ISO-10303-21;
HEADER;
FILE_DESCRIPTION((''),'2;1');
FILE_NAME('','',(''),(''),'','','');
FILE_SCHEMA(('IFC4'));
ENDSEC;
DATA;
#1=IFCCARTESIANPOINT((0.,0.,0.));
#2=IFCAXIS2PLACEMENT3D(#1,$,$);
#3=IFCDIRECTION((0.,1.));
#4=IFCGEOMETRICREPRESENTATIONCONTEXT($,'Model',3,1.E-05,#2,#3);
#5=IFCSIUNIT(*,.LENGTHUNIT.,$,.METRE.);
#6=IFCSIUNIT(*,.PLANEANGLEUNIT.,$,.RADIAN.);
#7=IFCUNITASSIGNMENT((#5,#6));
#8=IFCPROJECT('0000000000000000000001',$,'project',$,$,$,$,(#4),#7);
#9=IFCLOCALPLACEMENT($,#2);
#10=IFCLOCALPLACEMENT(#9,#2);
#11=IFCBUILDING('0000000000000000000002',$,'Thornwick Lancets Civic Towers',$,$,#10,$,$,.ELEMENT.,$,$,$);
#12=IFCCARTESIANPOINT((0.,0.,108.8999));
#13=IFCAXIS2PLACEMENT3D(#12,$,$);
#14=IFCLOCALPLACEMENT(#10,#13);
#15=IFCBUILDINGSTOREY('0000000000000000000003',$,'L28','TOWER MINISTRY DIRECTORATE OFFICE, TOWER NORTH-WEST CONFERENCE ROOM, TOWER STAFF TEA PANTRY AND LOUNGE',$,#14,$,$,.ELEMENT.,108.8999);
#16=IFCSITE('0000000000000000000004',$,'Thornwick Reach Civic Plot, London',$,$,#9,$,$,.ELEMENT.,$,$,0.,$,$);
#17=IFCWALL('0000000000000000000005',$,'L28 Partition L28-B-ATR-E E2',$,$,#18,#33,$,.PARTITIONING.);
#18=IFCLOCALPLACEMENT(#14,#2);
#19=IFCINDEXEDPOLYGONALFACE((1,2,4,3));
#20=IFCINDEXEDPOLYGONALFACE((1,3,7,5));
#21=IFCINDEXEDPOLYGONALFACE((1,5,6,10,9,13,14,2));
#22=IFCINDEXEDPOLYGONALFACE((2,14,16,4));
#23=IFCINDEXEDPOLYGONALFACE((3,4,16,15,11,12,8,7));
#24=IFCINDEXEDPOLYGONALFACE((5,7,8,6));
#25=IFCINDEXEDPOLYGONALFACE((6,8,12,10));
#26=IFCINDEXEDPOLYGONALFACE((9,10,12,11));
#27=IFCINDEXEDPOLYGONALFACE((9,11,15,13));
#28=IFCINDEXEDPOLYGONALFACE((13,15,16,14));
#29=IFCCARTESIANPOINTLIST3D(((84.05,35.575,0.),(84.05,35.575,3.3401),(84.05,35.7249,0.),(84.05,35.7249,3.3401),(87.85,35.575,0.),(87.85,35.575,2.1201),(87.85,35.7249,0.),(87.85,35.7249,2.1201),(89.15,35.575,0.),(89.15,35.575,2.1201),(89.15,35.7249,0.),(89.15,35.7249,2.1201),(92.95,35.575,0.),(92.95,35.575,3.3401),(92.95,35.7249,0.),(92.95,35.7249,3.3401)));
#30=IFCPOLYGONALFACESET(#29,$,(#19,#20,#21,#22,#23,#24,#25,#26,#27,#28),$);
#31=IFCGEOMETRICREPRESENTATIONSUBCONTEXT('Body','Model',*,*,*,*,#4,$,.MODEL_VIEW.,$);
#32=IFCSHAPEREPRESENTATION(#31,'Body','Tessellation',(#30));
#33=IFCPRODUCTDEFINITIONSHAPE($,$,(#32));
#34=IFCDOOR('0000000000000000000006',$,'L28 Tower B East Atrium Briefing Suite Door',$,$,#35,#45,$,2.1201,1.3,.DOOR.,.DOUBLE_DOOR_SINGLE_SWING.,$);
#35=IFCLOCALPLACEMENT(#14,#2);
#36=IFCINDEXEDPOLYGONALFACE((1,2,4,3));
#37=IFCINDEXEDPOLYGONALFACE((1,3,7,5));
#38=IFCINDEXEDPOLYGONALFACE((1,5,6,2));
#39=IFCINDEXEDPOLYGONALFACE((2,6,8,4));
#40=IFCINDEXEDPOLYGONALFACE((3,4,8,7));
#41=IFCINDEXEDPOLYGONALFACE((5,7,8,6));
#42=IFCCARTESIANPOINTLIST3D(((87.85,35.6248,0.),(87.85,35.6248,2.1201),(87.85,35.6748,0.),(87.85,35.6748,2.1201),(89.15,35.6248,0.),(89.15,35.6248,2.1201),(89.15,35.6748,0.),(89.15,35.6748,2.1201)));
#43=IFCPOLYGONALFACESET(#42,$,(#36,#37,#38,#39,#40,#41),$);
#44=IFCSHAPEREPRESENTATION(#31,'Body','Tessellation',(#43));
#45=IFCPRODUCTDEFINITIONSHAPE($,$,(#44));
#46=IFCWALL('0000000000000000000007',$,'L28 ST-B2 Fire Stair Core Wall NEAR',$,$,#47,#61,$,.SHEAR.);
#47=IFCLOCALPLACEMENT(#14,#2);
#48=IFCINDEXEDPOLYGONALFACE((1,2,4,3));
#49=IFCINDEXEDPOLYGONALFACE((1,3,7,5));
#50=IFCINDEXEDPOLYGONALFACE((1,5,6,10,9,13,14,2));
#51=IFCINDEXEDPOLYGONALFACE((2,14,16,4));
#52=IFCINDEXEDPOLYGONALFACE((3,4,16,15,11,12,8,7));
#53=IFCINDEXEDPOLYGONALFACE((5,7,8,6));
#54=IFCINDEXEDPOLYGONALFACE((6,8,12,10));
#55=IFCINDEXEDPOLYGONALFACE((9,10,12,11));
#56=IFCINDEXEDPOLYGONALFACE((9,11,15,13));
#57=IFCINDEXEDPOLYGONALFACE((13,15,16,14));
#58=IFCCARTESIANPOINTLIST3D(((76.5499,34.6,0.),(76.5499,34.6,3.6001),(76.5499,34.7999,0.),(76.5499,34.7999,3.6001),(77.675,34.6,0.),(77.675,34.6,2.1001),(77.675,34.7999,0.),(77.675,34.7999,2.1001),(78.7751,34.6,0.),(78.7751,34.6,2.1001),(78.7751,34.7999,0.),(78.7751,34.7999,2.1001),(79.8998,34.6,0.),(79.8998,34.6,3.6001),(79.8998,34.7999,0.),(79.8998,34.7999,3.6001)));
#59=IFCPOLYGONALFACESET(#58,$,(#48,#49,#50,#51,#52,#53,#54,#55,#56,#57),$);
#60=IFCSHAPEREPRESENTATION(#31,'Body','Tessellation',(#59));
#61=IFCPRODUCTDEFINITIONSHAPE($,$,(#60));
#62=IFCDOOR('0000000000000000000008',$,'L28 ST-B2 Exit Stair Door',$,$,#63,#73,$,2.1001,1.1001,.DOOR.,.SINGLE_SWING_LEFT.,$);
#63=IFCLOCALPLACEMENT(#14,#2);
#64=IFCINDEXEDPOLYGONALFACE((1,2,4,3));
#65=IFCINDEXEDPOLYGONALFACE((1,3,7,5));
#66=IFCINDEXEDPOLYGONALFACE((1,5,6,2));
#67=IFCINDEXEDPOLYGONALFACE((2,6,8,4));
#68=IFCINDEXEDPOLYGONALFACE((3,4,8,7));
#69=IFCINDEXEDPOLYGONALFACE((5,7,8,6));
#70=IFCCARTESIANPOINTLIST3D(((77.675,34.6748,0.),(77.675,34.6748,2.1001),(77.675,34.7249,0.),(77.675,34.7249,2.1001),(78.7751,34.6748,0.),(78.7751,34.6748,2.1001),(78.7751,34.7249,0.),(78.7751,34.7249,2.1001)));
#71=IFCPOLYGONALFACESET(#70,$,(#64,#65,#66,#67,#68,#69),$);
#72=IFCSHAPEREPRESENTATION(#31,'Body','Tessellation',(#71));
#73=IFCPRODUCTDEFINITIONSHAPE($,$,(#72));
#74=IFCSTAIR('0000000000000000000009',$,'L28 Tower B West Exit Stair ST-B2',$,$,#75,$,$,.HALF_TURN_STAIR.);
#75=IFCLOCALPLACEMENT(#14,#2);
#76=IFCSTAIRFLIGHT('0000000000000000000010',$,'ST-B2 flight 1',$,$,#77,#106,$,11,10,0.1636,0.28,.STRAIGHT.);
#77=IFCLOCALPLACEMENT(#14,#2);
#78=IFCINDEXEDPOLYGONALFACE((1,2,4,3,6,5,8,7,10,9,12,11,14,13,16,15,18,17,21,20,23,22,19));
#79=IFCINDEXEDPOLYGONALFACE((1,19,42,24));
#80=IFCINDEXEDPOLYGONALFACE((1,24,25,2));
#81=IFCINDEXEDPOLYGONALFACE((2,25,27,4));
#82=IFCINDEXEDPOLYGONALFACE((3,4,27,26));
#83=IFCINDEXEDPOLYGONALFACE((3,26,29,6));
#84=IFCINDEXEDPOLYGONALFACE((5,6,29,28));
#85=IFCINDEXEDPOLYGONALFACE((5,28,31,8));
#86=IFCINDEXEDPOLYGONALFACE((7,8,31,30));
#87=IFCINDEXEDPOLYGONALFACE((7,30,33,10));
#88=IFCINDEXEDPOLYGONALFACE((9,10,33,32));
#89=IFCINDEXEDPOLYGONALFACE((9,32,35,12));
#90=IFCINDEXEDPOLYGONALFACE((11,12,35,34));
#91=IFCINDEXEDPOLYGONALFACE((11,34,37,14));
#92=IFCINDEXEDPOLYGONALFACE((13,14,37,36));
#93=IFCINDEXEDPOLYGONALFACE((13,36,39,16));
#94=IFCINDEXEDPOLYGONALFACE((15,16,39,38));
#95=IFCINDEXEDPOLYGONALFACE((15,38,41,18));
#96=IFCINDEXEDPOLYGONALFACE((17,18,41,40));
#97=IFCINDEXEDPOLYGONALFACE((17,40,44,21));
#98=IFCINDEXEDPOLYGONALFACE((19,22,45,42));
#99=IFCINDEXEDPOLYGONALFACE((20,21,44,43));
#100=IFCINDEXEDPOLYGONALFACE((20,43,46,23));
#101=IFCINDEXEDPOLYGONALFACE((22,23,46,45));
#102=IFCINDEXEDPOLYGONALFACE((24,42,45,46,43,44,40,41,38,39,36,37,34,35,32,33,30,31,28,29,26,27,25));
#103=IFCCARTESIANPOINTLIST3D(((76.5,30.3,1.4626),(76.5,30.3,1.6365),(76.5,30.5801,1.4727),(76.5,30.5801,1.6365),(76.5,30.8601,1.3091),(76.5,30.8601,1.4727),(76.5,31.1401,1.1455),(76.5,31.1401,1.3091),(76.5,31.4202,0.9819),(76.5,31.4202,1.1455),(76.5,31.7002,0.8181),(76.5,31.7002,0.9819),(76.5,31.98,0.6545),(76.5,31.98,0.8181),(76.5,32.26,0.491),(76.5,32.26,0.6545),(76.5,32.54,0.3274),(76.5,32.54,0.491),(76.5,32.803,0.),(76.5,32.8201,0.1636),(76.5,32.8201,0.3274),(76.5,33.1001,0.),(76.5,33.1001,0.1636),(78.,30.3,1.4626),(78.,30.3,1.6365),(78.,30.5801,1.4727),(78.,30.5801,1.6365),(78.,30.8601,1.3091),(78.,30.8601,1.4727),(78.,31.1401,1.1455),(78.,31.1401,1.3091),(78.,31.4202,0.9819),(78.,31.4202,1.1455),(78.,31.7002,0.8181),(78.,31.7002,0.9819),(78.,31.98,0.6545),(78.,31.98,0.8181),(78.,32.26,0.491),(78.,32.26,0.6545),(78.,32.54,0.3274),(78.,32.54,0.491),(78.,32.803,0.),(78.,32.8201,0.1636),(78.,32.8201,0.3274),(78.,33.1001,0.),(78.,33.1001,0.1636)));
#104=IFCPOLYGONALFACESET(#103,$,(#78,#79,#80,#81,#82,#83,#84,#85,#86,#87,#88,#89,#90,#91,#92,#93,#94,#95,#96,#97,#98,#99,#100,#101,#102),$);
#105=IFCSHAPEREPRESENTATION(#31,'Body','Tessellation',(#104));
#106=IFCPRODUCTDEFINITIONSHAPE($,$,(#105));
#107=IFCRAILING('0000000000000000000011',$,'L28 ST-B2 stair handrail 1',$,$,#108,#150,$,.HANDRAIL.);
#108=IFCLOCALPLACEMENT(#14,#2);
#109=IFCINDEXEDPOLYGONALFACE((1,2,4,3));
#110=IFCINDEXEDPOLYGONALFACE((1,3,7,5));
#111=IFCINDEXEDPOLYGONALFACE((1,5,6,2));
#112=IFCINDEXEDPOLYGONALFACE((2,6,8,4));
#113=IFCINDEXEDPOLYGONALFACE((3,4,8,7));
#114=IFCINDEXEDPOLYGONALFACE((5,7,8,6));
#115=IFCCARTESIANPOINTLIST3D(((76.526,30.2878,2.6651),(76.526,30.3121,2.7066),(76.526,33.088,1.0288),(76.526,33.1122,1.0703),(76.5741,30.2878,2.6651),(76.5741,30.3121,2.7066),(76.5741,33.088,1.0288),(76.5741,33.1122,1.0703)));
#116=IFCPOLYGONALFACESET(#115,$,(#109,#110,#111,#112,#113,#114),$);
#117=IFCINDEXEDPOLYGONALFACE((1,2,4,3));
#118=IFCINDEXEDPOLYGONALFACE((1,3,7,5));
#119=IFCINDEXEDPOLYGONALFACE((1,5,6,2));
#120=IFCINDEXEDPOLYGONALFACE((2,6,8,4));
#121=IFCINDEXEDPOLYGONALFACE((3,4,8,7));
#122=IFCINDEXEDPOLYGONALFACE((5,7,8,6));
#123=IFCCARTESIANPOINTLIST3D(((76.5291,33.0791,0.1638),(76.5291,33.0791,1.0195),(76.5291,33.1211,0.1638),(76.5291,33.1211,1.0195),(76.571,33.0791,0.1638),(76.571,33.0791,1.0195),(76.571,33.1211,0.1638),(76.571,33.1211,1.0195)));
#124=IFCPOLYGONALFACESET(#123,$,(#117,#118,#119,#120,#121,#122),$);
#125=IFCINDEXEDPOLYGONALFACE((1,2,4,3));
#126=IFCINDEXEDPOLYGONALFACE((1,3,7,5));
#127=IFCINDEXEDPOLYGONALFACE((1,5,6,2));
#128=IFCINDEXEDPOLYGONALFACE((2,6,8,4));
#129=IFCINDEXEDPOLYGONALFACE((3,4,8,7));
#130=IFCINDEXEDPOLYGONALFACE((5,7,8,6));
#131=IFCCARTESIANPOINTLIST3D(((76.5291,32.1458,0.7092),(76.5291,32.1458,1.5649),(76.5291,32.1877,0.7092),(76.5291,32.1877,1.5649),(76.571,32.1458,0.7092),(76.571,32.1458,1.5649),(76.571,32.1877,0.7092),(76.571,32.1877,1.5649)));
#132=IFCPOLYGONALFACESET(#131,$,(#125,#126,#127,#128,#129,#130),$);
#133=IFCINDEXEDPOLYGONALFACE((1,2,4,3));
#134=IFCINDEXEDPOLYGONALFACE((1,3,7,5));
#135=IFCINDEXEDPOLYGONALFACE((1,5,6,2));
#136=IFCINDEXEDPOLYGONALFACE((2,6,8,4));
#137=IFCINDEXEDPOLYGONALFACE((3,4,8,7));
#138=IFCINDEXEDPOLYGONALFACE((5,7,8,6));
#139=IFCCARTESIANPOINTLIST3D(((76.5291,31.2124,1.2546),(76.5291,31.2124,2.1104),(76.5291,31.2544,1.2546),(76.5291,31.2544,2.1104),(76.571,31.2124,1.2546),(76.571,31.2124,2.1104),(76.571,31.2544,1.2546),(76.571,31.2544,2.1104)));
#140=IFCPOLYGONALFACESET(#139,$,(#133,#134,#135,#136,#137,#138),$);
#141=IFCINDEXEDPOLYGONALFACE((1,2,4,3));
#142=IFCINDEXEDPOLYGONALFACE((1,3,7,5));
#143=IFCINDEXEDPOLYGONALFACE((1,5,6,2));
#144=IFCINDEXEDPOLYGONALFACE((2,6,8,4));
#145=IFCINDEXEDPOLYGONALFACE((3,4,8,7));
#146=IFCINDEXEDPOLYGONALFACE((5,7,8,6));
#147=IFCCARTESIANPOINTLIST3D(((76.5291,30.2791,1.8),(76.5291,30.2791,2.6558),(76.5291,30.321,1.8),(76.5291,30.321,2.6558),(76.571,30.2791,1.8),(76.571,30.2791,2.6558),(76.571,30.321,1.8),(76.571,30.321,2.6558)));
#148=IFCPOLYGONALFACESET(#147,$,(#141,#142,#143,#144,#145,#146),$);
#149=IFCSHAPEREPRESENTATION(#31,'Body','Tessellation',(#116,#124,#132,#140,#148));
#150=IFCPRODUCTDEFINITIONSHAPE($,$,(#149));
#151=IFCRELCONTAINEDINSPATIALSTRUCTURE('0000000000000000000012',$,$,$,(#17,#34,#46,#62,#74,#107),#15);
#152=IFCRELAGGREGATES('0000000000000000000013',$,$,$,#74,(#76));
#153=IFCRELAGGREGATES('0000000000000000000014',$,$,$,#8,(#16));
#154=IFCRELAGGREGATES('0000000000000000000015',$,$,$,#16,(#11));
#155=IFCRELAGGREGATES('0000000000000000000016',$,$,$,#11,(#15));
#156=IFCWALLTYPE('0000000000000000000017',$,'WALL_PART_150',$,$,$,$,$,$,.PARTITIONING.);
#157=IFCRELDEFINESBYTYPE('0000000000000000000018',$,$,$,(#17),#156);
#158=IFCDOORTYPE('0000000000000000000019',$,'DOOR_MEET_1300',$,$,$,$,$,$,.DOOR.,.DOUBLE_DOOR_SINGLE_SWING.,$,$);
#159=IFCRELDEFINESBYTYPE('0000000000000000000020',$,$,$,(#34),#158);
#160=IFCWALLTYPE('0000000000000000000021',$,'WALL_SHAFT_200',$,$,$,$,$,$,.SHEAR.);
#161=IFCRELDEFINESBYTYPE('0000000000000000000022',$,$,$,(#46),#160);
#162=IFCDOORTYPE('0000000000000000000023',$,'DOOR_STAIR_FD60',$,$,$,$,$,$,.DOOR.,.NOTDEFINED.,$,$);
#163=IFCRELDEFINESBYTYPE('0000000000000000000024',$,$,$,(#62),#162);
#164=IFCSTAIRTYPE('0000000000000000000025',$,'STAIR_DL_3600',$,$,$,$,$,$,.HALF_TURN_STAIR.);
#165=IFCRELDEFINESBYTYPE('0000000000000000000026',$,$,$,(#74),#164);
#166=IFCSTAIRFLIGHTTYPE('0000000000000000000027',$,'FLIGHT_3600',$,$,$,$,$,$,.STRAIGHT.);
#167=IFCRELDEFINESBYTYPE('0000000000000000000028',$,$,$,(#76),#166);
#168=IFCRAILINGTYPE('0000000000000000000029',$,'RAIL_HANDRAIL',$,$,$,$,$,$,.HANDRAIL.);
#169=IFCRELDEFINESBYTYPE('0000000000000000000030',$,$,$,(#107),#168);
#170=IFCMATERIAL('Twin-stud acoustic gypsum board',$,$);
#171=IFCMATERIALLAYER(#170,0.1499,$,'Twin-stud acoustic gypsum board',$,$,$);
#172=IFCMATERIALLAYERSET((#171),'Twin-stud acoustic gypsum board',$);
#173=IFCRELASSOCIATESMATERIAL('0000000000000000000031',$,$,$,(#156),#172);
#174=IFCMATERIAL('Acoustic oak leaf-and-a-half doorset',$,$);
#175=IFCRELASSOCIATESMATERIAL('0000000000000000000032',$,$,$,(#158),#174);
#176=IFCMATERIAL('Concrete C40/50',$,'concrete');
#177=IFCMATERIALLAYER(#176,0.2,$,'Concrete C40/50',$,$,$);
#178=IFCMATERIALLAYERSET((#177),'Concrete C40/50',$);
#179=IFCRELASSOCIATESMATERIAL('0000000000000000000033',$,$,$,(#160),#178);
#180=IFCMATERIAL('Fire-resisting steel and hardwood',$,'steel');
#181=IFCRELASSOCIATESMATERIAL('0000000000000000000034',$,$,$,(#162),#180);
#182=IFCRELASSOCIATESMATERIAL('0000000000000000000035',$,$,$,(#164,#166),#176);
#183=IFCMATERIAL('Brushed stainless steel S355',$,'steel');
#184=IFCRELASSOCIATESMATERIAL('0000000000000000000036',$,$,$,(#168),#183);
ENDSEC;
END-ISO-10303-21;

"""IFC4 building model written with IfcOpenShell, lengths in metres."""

from ifc_helpers import new_model, si_unit, direction, frame, frame_2d, origin, origin_2d, place, context, subcontext, project, spatial, polyline, rectangle, outline, extrude, material, layer, layer_set, type_object, element, fill, aggregate, save


model = new_model("IFC4")

# Units and contexts
model_context = context("Model", 3, precision=1e-05, world=origin(), true_north=direction((0.0, 1.0)))
body_context = subcontext(model_context, "Body", "Model", "MODEL_VIEW")
ifc_project = project(units=[si_unit("LENGTHUNIT", "METRE"), si_unit("PLANEANGLEUNIT", "RADIAN")], contexts=[model_context])

# Site, building, storey
site_placement = place(None, origin())
site = spatial("IfcSite", under=ifc_project, at=site_placement, Name="Thornwick Reach Civic Plot, London", CompositionType="ELEMENT", RefElevation=0.0)
building_placement = place(site_placement, origin())
building = spatial("IfcBuilding", under=site, at=building_placement, Name="Thornwick Lancets Civic Towers", CompositionType="ELEMENT")
storey_placement = place(building_placement, frame((0.0, 0.0, 108.8999)))
storey = spatial("IfcBuildingStorey", under=building, at=storey_placement, Name="L28", Description="TOWER MINISTRY DIRECTORATE OFFICE, TOWER NORTH-WEST CONFERENCE ROOM, TOWER STAFF TEA PANTRY AND LOUNGE", CompositionType="ELEMENT", Elevation=108.8999)

# Walls, openings, doors
ifc_material_1 = material(Name="Twin-stud acoustic gypsum board")
ifc_layer_1 = layer(ifc_material_1, 0.1499, Name="Twin-stud acoustic gypsum board")
ifc_layer_set_1 = layer_set([ifc_layer_1], Name="Twin-stud acoustic gypsum board")
wall_type_1 = type_object("IfcWallType", Name="WALL_PART_150", PredefinedType="PARTITIONING", material=ifc_layer_set_1)
wall_1_placement = place(storey_placement, frame((84.05, 35.6499, 0.0), z_axis=(0.0, 0.0, 1.0), x_axis=(1.0, 0.0, 0.0)))
wall_1 = element("IfcWall", 1, at=wall_1_placement, inside=storey, type_object=wall_type_1, Name="L28 Partition L28-B-ATR-E E2", PredefinedType="PARTITIONING", context=body_context, shape_type="SweptSolid", body=[
    extrude(rectangle(XDim=8.8999, YDim=0.1499, at=frame_2d((4.45, 0.0))), origin(), (0.0, 0.0, 1.0), 3.3401),
])
opening_1_placement = place(wall_1_placement, frame((3.8, 0.0, 0.0)))
opening_1 = element("IfcOpeningElement", 2, at=opening_1_placement, cuts=wall_1, PredefinedType="OPENING", context=body_context, shape_type="SweptSolid", body=[
    extrude(rectangle(XDim=1.3, YDim=2.1201, at=frame_2d((0.6499, 1.0601))), frame((0.0, 0.085, 0.0), z_axis=(0.0, -1.0, 0.0), x_axis=(1.0, 0.0, 0.0)), (0.0, 0.0, 1.0), 0.1699),
])
ifc_material_2 = material(Name="Acoustic oak leaf-and-a-half doorset")
door_type_1 = type_object("IfcDoorType", Name="DOOR_MEET_1300", OperationType="DOUBLE_DOOR_SINGLE_SWING", PredefinedType="DOOR", material=ifc_material_2)
door_1_placement = place(opening_1_placement, origin())
door_1 = element("IfcDoor", 3, at=door_1_placement, inside=storey, type_object=door_type_1, Name="L28 Tower B East Atrium Briefing Suite Door", OperationType="DOUBLE_DOOR_SINGLE_SWING", OverallHeight=2.1201, OverallWidth=1.3, PredefinedType="DOOR", context=body_context, shape_type="SweptSolid", body=[
    extrude(rectangle(XDim=1.3, YDim=2.1201, at=frame_2d((0.6499, 1.0601))), frame((0.0, 0.0249, 0.0), z_axis=(0.0, -1.0, 0.0), x_axis=(1.0, 0.0, 0.0)), (0.0, 0.0, 1.0), 0.05),
])
fill(opening_1, door_1)
ifc_material_3 = material(Name="Concrete C40/50", Category="concrete")
ifc_layer_2 = layer(ifc_material_3, 0.2, Name="Concrete C40/50")
ifc_layer_set_2 = layer_set([ifc_layer_2], Name="Concrete C40/50")
wall_type_2 = type_object("IfcWallType", Name="WALL_SHAFT_200", PredefinedType="SHEAR", material=ifc_layer_set_2)
wall_2_placement = place(storey_placement, frame((76.55, 34.7, 0.0), z_axis=(0.0, 0.0, 1.0), x_axis=(1.0, 0.0, 0.0)))
wall_2 = element("IfcWall", 4, at=wall_2_placement, inside=storey, type_object=wall_type_2, Name="L28 ST-B2 Fire Stair Core Wall NEAR", PredefinedType="SHEAR", context=body_context, shape_type="SweptSolid", body=[
    extrude(rectangle(XDim=3.3499, YDim=0.2, at=frame_2d((1.6748, 0.0))), origin(), (0.0, 0.0, 1.0), 3.6001),
])
opening_2_placement = place(wall_2_placement, frame((1.125, 0.0, 0.0)))
opening_2 = element("IfcOpeningElement", 5, at=opening_2_placement, cuts=wall_2, PredefinedType="OPENING", context=body_context, shape_type="SweptSolid", body=[
    extrude(rectangle(XDim=1.1001, YDim=2.1001, at=frame_2d((0.55, 1.05))), frame((0.0, 0.1099, 0.0), z_axis=(0.0, -1.0, 0.0), x_axis=(1.0, 0.0, 0.0)), (0.0, 0.0, 1.0), 0.22),
])
ifc_material_4 = material(Name="Fire-resisting steel and hardwood", Category="steel")
door_type_2 = type_object("IfcDoorType", Name="DOOR_STAIR_FD60", OperationType="NOTDEFINED", PredefinedType="DOOR", material=ifc_material_4)
door_2_placement = place(opening_2_placement, origin())
door_2 = element("IfcDoor", 6, at=door_2_placement, inside=storey, type_object=door_type_2, Name="L28 ST-B2 Exit Stair Door", OperationType="SINGLE_SWING_LEFT", OverallHeight=2.1001, OverallWidth=1.1001, PredefinedType="DOOR", context=body_context, shape_type="SweptSolid", body=[
    extrude(rectangle(XDim=1.1001, YDim=2.1001, at=frame_2d((0.55, 1.05))), frame((0.0, 0.0249, 0.0), z_axis=(0.0, -1.0, 0.0), x_axis=(1.0, 0.0, 0.0)), (0.0, 0.0, 1.0), 0.05),
])
fill(opening_2, door_2)

# Stair, stair flight
stair_type = type_object("IfcStairType", Name="STAIR_DL_3600", PredefinedType="HALF_TURN_STAIR", material=ifc_material_3)
stair_placement = place(storey_placement, origin())
stair = element("IfcStair", 7, at=stair_placement, inside=storey, type_object=stair_type, Name="L28 Tower B West Exit Stair ST-B2", PredefinedType="HALF_TURN_STAIR")
stair_flight_type = type_object("IfcStairFlightType", Name="FLIGHT_3600", PredefinedType="STRAIGHT", material=ifc_material_3)
stair_flight_placement = place(storey_placement, frame((77.25, 33.1001, 0.0), z_axis=(0.0, 0.0, 1.0), x_axis=(0.0, -1.0, 0.0)))
stair_flight = element("IfcStairFlight", 8, at=stair_flight_placement, type_object=stair_flight_type, Name="ST-B2 flight 1", NumberOfRisers=11, NumberOfTreads=10, PredefinedType="STRAIGHT", RiserHeight=0.1636, TreadLength=0.28, context=body_context, shape_type="SweptSolid", body=[
    extrude(outline(polyline([(0.0, 0.0), (0.0, 0.1636), (0.28, 0.1636), (0.28, 0.3274), (0.5601, 0.3274), (0.5601, 0.491), (0.8401, 0.491), (0.8401, 0.6545), (1.1201, 0.6545), (1.1201, 0.8181), (1.3999, 0.8181), (1.3999, 0.9819), (1.6799, 0.9819), (1.6799, 1.1455), (1.96, 1.1455), (1.96, 1.3091), (2.24, 1.3091), (2.24, 1.4727), (2.52, 1.4727), (2.52, 1.6365), (2.8, 1.6365), (2.8, 1.8), (2.8, 1.4626), (0.2971, 0.0), (0.0, 0.0)])), frame((0.0, 0.75, 0.0), z_axis=(0.0, -1.0, 0.0), x_axis=(1.0, 0.0, 0.0)), (0.0, 0.0, 1.0), 1.5),
])
aggregate(stair, [stair_flight])

# Railing
ifc_material_5 = material(Name="Brushed stainless steel S355", Category="steel")
railing_type_1 = type_object("IfcRailingType", Name="RAIL_HANDRAIL", PredefinedType="HANDRAIL", material=ifc_material_5)
railing_1_placement = place(storey_placement, frame((76.55, 33.1001, 0.1638)))
element("IfcRailing", 9, at=railing_1_placement, inside=storey, type_object=railing_type_1, Name="L28 ST-B2 stair handrail 1", PredefinedType="HANDRAIL", context=body_context, shape_type="SweptSolid", body=[
    extrude(rectangle(XDim=0.0481, YDim=0.0481, at=origin_2d()), frame((0.0, 0.0, 0.8857), z_axis=(0.0, -0.863394, 0.504531), x_axis=(1.0, 0.0, 0.0)), (0.0, 0.0, 1.0), 3.2432),
    extrude(rectangle(XDim=0.042, YDim=0.042, at=origin_2d()), origin(), (0.0, 0.0, 1.0), 0.8557),
    extrude(rectangle(XDim=0.042, YDim=0.042, at=origin_2d()), frame((0.0, -0.9333, 0.5454)), (0.0, 0.0, 1.0), 0.8557),
    extrude(rectangle(XDim=0.042, YDim=0.042, at=origin_2d()), frame((0.0, -1.8667, 1.0908)), (0.0, 0.0, 1.0), 0.8557),
    extrude(rectangle(XDim=0.042, YDim=0.042, at=origin_2d()), frame((0.0, -2.8, 1.6362)), (0.0, 0.0, 1.0), 0.8557),
])

save(model, "model.ifc")
